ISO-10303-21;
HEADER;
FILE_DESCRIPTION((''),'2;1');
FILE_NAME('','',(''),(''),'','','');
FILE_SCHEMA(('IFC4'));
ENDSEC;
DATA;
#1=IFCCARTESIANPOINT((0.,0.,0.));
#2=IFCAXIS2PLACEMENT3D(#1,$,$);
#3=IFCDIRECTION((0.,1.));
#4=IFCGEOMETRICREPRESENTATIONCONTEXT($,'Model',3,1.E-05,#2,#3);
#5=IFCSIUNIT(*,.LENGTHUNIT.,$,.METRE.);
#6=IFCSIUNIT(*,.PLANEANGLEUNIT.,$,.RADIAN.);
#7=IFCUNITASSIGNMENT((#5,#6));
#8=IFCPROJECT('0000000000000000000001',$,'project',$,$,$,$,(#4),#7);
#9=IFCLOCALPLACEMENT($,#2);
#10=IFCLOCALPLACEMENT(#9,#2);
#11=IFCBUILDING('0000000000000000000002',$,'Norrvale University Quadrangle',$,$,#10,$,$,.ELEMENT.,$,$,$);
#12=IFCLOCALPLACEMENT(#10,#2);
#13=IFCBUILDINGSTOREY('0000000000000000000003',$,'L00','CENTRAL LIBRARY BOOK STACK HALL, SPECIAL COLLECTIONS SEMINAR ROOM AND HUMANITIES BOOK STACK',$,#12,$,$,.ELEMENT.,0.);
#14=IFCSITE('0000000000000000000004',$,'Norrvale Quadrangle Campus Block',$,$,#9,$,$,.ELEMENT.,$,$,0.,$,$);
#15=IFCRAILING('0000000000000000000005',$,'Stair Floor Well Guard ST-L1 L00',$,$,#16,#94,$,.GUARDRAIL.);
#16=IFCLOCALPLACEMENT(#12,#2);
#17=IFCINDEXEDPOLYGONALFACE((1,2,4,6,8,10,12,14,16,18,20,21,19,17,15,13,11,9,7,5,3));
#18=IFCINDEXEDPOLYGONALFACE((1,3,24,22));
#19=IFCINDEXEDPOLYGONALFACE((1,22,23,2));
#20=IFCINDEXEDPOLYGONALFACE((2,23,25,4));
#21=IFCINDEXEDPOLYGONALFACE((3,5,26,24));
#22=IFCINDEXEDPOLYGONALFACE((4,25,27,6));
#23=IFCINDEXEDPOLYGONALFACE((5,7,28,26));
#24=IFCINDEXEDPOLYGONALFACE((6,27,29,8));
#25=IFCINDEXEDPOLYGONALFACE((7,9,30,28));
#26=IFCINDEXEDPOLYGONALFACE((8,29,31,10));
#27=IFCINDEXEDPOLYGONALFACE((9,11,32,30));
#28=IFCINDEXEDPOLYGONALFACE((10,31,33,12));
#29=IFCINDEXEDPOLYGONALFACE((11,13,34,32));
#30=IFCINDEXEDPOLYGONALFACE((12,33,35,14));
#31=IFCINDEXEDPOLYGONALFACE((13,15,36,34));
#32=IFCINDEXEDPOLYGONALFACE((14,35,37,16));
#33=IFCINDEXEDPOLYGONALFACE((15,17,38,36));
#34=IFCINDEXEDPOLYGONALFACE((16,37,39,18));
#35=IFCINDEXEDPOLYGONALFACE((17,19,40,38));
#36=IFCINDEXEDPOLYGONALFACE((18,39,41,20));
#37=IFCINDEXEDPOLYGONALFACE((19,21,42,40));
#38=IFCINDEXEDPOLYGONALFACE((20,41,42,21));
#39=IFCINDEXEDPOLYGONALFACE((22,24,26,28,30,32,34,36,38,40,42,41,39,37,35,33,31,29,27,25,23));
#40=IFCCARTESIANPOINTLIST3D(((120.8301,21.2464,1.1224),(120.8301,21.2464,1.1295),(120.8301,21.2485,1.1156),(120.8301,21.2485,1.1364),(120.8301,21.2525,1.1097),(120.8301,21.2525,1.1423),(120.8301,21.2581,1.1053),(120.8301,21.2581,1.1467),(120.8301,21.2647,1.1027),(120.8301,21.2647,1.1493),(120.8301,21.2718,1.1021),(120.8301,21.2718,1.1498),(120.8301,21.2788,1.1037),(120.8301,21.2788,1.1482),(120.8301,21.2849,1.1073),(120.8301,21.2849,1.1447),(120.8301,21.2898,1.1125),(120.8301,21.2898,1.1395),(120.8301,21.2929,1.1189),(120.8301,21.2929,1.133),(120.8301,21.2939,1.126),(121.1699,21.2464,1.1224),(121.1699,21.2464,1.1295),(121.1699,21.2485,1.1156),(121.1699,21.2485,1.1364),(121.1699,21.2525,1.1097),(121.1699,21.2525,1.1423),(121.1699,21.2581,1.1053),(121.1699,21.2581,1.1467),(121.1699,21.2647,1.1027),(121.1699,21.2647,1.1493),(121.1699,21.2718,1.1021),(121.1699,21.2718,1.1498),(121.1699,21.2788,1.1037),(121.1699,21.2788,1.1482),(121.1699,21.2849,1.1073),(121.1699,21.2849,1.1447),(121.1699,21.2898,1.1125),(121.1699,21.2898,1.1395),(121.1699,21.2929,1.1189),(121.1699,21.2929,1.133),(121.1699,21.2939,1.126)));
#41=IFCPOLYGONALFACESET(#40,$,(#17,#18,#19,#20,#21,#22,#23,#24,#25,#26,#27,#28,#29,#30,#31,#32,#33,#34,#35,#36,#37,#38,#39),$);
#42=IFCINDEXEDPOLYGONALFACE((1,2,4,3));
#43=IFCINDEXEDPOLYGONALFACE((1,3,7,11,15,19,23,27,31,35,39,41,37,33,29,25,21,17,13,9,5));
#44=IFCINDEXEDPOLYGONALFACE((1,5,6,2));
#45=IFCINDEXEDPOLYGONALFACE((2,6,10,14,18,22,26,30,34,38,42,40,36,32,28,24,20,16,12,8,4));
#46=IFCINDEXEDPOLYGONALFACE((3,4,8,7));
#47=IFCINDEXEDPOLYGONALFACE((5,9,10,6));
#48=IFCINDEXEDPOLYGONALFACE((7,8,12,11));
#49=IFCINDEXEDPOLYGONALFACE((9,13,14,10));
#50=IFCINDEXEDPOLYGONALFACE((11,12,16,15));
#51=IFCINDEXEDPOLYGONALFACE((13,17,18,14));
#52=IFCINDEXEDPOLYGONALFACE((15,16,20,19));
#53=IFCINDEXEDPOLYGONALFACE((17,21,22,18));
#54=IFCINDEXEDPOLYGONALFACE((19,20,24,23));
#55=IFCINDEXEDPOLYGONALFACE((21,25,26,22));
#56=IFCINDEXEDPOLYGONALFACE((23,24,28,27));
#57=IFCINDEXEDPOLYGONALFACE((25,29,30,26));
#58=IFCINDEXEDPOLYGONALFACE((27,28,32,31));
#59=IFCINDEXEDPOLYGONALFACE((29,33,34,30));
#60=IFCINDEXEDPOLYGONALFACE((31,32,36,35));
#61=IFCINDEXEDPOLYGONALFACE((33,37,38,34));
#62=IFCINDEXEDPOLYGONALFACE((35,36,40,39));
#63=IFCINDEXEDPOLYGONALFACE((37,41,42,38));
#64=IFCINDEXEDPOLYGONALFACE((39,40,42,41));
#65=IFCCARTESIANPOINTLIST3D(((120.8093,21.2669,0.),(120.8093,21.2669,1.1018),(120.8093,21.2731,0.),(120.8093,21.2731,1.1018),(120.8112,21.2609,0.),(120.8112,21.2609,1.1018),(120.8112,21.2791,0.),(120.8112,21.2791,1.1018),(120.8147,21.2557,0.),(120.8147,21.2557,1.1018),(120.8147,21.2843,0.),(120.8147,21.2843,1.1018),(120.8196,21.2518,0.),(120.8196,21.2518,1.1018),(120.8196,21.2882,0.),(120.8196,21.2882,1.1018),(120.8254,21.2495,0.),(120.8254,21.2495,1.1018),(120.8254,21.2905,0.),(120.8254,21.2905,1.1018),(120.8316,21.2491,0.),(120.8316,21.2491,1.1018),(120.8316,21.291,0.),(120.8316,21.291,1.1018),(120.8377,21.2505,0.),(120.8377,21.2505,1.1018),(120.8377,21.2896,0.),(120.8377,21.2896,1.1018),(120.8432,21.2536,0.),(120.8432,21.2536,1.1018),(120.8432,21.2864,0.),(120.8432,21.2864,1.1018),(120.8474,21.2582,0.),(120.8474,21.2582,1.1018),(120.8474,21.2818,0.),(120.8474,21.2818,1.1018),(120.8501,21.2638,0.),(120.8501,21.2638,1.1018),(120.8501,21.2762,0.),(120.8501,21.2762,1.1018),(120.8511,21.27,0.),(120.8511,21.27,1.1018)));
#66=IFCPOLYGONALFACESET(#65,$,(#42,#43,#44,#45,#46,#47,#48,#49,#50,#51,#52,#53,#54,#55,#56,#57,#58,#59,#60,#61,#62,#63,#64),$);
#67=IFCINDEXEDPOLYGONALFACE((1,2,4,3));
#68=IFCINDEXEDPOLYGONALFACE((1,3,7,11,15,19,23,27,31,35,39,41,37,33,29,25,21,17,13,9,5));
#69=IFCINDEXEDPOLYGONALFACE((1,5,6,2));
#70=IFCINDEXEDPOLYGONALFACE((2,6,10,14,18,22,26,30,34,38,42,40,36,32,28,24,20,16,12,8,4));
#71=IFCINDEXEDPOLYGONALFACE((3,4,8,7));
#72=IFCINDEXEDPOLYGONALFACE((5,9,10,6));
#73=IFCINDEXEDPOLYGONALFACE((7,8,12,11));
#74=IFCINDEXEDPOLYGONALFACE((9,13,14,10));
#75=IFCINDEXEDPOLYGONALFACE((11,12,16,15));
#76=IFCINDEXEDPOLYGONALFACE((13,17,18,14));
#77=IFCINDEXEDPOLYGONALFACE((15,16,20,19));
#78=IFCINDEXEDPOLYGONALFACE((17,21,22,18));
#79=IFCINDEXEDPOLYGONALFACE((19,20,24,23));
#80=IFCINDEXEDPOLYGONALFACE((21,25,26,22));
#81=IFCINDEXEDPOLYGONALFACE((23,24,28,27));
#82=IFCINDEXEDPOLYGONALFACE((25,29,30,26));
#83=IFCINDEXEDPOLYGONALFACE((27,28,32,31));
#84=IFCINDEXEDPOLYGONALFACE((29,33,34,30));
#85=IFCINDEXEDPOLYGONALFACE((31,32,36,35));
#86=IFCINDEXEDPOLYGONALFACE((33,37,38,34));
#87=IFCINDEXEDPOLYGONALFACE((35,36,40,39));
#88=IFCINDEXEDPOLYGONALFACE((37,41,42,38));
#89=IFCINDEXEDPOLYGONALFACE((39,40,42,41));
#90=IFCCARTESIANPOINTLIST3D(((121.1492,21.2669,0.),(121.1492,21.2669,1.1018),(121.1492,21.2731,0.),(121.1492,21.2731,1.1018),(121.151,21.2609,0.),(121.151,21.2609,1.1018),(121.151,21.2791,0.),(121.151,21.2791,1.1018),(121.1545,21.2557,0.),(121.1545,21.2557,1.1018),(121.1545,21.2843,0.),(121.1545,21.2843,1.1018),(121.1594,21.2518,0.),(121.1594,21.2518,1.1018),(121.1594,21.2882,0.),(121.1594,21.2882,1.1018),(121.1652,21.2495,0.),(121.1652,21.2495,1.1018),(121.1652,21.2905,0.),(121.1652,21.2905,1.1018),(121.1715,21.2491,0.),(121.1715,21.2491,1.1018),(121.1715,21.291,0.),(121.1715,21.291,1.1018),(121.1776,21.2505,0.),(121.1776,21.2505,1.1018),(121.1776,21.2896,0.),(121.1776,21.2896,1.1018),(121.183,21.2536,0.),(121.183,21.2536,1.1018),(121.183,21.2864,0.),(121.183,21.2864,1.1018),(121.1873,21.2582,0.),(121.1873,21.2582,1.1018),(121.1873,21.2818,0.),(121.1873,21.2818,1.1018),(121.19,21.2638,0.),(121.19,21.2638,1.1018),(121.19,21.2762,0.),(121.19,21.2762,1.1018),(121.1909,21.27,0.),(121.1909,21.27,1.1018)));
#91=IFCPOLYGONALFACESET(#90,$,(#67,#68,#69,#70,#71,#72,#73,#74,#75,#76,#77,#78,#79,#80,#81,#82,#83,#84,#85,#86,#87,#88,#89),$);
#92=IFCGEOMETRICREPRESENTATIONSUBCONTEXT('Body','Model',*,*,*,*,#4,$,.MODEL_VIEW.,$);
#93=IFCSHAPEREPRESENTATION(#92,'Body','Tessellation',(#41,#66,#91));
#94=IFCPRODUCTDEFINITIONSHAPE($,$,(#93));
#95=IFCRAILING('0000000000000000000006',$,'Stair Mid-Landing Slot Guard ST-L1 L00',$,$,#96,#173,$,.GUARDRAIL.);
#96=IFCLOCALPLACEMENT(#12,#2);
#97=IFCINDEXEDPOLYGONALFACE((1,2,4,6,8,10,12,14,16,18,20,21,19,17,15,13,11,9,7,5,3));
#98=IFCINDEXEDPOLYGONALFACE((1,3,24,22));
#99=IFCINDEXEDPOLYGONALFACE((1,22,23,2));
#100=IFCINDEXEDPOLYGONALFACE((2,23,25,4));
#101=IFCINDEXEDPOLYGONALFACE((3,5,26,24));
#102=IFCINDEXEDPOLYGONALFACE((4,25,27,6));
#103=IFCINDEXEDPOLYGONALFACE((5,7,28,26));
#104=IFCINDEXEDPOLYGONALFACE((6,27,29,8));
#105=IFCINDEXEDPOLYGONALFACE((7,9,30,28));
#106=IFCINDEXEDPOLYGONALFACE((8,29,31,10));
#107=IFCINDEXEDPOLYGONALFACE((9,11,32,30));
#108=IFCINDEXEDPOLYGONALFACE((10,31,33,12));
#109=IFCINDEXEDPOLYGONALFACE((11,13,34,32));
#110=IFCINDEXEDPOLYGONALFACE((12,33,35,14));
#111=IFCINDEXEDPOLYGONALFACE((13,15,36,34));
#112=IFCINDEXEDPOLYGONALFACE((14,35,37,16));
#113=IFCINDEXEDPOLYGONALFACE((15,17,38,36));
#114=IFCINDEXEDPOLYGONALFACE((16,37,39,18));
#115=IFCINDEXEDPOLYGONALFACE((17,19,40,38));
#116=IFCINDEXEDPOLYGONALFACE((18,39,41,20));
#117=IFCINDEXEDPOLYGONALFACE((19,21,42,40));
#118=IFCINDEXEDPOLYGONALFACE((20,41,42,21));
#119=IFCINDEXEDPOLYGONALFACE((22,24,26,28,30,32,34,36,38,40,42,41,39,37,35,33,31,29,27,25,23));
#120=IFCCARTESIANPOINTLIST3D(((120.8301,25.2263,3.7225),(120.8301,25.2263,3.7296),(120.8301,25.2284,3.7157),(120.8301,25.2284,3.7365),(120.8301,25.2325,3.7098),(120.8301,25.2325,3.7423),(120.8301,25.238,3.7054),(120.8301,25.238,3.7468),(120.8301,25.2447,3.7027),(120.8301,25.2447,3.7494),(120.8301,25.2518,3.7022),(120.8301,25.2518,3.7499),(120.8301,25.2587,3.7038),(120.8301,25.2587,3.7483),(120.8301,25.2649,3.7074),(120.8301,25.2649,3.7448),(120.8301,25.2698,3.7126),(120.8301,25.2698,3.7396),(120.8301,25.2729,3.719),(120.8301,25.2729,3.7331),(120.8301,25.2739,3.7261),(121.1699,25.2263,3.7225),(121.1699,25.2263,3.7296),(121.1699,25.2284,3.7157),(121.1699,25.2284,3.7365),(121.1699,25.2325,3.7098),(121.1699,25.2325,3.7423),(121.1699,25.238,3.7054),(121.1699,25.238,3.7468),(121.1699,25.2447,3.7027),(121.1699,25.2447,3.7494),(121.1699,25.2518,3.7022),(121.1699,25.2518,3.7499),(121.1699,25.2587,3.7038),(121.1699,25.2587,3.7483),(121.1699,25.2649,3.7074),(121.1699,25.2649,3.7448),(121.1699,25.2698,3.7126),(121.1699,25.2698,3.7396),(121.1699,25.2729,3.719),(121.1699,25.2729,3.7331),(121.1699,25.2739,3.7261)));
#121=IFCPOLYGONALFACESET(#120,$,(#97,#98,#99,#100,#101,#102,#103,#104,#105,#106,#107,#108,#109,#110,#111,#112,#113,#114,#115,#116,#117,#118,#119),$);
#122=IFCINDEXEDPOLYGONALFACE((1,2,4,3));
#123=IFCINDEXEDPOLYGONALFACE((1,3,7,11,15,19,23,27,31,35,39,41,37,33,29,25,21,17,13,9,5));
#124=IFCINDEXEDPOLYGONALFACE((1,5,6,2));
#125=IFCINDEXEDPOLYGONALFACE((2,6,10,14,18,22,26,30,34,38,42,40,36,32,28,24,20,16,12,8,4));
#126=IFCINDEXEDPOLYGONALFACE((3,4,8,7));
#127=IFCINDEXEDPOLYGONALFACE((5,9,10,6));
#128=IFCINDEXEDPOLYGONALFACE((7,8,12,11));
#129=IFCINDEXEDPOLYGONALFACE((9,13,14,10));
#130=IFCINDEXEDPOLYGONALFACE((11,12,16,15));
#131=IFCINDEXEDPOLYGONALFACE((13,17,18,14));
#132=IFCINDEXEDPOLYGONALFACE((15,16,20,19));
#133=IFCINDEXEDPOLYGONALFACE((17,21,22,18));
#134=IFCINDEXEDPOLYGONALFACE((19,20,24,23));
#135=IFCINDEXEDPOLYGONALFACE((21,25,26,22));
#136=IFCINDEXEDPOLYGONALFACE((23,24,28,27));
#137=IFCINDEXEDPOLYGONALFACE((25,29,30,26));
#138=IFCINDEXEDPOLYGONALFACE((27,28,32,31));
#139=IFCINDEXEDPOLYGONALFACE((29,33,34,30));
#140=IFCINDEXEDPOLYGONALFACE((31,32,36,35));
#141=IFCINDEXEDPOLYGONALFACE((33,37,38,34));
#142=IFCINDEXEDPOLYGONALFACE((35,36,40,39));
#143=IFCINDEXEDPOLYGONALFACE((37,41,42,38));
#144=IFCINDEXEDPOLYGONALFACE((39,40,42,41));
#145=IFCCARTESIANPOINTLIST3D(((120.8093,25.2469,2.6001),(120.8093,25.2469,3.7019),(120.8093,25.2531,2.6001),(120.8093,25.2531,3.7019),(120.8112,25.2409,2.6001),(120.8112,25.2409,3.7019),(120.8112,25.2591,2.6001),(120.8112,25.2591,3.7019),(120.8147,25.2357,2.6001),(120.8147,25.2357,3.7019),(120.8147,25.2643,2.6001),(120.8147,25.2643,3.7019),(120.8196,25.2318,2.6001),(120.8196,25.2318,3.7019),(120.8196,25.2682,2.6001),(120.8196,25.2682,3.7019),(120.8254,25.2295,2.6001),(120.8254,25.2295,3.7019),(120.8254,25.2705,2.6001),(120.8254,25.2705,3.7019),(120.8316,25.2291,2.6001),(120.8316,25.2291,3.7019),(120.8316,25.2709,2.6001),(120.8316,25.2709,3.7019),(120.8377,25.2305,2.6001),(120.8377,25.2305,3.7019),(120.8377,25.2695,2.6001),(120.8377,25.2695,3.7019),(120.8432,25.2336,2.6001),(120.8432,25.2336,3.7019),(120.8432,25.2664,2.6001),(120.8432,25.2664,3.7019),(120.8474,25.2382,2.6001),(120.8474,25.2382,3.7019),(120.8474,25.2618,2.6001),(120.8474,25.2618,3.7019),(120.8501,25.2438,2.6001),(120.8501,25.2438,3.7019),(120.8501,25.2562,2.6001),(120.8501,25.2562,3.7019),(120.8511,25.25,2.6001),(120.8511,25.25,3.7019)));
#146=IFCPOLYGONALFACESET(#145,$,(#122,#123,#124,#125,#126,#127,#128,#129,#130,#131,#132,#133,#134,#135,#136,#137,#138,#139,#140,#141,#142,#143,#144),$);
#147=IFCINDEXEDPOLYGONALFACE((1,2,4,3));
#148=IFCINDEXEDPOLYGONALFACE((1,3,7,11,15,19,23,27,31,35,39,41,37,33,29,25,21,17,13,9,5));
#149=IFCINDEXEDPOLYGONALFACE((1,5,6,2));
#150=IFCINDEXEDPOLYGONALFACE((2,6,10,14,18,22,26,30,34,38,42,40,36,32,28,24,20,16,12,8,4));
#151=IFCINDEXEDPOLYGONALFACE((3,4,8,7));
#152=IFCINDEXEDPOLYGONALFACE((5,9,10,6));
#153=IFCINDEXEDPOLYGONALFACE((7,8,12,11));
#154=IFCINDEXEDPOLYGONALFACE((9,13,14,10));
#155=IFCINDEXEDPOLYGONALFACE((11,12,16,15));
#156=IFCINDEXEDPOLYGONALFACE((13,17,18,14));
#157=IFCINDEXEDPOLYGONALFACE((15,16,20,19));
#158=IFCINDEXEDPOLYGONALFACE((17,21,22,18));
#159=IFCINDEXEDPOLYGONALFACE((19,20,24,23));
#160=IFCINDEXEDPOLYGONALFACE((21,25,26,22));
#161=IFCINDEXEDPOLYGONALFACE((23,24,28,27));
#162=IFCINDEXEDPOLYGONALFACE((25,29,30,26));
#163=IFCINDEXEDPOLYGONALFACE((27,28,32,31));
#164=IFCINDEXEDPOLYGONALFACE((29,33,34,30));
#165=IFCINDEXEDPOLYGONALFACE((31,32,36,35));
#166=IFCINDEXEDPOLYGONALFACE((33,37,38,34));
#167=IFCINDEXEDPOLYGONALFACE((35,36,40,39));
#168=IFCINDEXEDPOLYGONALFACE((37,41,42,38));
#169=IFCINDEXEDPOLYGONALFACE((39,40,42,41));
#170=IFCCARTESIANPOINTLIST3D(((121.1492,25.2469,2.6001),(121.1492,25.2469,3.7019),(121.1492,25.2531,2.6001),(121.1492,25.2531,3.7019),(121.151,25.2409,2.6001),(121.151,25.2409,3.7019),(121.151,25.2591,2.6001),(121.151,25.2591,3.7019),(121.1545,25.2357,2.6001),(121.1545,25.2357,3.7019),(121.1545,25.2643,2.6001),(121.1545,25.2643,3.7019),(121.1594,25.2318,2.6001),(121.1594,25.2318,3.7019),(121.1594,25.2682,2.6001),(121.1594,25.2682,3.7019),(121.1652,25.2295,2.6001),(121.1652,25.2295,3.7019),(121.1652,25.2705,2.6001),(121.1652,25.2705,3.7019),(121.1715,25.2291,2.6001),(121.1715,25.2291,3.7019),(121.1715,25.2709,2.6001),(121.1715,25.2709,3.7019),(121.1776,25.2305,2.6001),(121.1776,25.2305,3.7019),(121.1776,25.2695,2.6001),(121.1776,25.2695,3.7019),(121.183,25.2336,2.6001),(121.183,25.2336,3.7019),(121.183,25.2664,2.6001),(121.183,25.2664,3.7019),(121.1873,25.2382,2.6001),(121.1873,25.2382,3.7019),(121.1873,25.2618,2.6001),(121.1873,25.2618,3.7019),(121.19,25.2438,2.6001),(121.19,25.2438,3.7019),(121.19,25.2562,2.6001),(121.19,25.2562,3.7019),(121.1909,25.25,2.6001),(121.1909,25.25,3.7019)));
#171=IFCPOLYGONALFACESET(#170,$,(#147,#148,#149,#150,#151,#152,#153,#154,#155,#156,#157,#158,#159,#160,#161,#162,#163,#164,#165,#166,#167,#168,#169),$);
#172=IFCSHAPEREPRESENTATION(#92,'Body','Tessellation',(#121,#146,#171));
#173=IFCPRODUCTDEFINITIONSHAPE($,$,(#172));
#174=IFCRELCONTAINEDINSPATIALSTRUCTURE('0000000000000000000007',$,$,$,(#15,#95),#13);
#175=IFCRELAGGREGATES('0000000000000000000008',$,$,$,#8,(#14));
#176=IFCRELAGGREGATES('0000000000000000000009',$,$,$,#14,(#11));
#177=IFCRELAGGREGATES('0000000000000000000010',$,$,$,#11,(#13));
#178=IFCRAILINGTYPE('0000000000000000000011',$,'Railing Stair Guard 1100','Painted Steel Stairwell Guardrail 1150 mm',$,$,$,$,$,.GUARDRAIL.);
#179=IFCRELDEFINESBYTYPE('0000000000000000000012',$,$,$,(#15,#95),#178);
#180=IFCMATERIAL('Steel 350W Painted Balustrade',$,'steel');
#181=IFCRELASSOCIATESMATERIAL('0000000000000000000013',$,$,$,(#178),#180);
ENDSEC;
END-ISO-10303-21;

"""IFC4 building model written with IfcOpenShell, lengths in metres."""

from ifc_helpers import new_model, si_unit, direction, frame, origin, origin_2d, place, context, subcontext, project, spatial, circle, extrude, material, type_object, element, save


model = new_model("IFC4")

# Units and contexts
model_context = context("Model", 3, precision=1e-05, world=origin(), true_north=direction((0.0, 1.0)))
body_context = subcontext(model_context, "Body", "Model", "MODEL_VIEW")
ifc_project = project(units=[si_unit("LENGTHUNIT", "METRE"), si_unit("PLANEANGLEUNIT", "RADIAN")], contexts=[model_context])

# Site, building, storey
site_placement = place(None, origin())
site = spatial("IfcSite", under=ifc_project, at=site_placement, Name="Norrvale Quadrangle Campus Block", CompositionType="ELEMENT", RefElevation=0.0)
building_placement = place(site_placement, origin())
building = spatial("IfcBuilding", under=site, at=building_placement, Name="Norrvale University Quadrangle", CompositionType="ELEMENT")
storey_placement = place(building_placement, origin())
storey = spatial("IfcBuildingStorey", under=building, at=storey_placement, Name="L00", Description="CENTRAL LIBRARY BOOK STACK HALL, SPECIAL COLLECTIONS SEMINAR ROOM AND HUMANITIES BOOK STACK", CompositionType="ELEMENT", Elevation=0.0)

# Railings
ifc_material_1 = material(Name="Steel 350W Painted Balustrade", Category="steel")
railing_type_1 = type_object("IfcRailingType", Name="Railing Stair Guard 1100", Description="Painted Steel Stairwell Guardrail 1150 mm", PredefinedType="GUARDRAIL", material=ifc_material_1)
for number, where, name in (
    (1, (120.8301, 21.27, 0.0), "Stair Floor Well Guard ST-L1 L00"),
    (2, (120.8301, 25.25, 2.6001), "Stair Mid-Landing Slot Guard ST-L1 L00"),
):
    element("IfcRailing", number, at=place(storey_placement, frame(where)), inside=storey, type_object=railing_type_1, Name=name, PredefinedType="GUARDRAIL", context=body_context, shape_type="SweptSolid", body=[
        extrude(circle(Radius=0.0239, at=origin_2d()), frame((0.0, 0.0, 1.126), z_axis=(1.0, 0.0, 0.0), x_axis=(0.0, 1.0, 0.0)), (0.0, 0.0, 1.0), 0.3398),
        extrude(circle(Radius=0.021, at=origin_2d()), origin(), (0.0, 0.0, 1.0), 1.1018),
        extrude(circle(Radius=0.021, at=origin_2d()), frame((0.3398, 0.0, 0.0)), (0.0, 0.0, 1.0), 1.1018),
    ])

save(model, "model.ifc")
